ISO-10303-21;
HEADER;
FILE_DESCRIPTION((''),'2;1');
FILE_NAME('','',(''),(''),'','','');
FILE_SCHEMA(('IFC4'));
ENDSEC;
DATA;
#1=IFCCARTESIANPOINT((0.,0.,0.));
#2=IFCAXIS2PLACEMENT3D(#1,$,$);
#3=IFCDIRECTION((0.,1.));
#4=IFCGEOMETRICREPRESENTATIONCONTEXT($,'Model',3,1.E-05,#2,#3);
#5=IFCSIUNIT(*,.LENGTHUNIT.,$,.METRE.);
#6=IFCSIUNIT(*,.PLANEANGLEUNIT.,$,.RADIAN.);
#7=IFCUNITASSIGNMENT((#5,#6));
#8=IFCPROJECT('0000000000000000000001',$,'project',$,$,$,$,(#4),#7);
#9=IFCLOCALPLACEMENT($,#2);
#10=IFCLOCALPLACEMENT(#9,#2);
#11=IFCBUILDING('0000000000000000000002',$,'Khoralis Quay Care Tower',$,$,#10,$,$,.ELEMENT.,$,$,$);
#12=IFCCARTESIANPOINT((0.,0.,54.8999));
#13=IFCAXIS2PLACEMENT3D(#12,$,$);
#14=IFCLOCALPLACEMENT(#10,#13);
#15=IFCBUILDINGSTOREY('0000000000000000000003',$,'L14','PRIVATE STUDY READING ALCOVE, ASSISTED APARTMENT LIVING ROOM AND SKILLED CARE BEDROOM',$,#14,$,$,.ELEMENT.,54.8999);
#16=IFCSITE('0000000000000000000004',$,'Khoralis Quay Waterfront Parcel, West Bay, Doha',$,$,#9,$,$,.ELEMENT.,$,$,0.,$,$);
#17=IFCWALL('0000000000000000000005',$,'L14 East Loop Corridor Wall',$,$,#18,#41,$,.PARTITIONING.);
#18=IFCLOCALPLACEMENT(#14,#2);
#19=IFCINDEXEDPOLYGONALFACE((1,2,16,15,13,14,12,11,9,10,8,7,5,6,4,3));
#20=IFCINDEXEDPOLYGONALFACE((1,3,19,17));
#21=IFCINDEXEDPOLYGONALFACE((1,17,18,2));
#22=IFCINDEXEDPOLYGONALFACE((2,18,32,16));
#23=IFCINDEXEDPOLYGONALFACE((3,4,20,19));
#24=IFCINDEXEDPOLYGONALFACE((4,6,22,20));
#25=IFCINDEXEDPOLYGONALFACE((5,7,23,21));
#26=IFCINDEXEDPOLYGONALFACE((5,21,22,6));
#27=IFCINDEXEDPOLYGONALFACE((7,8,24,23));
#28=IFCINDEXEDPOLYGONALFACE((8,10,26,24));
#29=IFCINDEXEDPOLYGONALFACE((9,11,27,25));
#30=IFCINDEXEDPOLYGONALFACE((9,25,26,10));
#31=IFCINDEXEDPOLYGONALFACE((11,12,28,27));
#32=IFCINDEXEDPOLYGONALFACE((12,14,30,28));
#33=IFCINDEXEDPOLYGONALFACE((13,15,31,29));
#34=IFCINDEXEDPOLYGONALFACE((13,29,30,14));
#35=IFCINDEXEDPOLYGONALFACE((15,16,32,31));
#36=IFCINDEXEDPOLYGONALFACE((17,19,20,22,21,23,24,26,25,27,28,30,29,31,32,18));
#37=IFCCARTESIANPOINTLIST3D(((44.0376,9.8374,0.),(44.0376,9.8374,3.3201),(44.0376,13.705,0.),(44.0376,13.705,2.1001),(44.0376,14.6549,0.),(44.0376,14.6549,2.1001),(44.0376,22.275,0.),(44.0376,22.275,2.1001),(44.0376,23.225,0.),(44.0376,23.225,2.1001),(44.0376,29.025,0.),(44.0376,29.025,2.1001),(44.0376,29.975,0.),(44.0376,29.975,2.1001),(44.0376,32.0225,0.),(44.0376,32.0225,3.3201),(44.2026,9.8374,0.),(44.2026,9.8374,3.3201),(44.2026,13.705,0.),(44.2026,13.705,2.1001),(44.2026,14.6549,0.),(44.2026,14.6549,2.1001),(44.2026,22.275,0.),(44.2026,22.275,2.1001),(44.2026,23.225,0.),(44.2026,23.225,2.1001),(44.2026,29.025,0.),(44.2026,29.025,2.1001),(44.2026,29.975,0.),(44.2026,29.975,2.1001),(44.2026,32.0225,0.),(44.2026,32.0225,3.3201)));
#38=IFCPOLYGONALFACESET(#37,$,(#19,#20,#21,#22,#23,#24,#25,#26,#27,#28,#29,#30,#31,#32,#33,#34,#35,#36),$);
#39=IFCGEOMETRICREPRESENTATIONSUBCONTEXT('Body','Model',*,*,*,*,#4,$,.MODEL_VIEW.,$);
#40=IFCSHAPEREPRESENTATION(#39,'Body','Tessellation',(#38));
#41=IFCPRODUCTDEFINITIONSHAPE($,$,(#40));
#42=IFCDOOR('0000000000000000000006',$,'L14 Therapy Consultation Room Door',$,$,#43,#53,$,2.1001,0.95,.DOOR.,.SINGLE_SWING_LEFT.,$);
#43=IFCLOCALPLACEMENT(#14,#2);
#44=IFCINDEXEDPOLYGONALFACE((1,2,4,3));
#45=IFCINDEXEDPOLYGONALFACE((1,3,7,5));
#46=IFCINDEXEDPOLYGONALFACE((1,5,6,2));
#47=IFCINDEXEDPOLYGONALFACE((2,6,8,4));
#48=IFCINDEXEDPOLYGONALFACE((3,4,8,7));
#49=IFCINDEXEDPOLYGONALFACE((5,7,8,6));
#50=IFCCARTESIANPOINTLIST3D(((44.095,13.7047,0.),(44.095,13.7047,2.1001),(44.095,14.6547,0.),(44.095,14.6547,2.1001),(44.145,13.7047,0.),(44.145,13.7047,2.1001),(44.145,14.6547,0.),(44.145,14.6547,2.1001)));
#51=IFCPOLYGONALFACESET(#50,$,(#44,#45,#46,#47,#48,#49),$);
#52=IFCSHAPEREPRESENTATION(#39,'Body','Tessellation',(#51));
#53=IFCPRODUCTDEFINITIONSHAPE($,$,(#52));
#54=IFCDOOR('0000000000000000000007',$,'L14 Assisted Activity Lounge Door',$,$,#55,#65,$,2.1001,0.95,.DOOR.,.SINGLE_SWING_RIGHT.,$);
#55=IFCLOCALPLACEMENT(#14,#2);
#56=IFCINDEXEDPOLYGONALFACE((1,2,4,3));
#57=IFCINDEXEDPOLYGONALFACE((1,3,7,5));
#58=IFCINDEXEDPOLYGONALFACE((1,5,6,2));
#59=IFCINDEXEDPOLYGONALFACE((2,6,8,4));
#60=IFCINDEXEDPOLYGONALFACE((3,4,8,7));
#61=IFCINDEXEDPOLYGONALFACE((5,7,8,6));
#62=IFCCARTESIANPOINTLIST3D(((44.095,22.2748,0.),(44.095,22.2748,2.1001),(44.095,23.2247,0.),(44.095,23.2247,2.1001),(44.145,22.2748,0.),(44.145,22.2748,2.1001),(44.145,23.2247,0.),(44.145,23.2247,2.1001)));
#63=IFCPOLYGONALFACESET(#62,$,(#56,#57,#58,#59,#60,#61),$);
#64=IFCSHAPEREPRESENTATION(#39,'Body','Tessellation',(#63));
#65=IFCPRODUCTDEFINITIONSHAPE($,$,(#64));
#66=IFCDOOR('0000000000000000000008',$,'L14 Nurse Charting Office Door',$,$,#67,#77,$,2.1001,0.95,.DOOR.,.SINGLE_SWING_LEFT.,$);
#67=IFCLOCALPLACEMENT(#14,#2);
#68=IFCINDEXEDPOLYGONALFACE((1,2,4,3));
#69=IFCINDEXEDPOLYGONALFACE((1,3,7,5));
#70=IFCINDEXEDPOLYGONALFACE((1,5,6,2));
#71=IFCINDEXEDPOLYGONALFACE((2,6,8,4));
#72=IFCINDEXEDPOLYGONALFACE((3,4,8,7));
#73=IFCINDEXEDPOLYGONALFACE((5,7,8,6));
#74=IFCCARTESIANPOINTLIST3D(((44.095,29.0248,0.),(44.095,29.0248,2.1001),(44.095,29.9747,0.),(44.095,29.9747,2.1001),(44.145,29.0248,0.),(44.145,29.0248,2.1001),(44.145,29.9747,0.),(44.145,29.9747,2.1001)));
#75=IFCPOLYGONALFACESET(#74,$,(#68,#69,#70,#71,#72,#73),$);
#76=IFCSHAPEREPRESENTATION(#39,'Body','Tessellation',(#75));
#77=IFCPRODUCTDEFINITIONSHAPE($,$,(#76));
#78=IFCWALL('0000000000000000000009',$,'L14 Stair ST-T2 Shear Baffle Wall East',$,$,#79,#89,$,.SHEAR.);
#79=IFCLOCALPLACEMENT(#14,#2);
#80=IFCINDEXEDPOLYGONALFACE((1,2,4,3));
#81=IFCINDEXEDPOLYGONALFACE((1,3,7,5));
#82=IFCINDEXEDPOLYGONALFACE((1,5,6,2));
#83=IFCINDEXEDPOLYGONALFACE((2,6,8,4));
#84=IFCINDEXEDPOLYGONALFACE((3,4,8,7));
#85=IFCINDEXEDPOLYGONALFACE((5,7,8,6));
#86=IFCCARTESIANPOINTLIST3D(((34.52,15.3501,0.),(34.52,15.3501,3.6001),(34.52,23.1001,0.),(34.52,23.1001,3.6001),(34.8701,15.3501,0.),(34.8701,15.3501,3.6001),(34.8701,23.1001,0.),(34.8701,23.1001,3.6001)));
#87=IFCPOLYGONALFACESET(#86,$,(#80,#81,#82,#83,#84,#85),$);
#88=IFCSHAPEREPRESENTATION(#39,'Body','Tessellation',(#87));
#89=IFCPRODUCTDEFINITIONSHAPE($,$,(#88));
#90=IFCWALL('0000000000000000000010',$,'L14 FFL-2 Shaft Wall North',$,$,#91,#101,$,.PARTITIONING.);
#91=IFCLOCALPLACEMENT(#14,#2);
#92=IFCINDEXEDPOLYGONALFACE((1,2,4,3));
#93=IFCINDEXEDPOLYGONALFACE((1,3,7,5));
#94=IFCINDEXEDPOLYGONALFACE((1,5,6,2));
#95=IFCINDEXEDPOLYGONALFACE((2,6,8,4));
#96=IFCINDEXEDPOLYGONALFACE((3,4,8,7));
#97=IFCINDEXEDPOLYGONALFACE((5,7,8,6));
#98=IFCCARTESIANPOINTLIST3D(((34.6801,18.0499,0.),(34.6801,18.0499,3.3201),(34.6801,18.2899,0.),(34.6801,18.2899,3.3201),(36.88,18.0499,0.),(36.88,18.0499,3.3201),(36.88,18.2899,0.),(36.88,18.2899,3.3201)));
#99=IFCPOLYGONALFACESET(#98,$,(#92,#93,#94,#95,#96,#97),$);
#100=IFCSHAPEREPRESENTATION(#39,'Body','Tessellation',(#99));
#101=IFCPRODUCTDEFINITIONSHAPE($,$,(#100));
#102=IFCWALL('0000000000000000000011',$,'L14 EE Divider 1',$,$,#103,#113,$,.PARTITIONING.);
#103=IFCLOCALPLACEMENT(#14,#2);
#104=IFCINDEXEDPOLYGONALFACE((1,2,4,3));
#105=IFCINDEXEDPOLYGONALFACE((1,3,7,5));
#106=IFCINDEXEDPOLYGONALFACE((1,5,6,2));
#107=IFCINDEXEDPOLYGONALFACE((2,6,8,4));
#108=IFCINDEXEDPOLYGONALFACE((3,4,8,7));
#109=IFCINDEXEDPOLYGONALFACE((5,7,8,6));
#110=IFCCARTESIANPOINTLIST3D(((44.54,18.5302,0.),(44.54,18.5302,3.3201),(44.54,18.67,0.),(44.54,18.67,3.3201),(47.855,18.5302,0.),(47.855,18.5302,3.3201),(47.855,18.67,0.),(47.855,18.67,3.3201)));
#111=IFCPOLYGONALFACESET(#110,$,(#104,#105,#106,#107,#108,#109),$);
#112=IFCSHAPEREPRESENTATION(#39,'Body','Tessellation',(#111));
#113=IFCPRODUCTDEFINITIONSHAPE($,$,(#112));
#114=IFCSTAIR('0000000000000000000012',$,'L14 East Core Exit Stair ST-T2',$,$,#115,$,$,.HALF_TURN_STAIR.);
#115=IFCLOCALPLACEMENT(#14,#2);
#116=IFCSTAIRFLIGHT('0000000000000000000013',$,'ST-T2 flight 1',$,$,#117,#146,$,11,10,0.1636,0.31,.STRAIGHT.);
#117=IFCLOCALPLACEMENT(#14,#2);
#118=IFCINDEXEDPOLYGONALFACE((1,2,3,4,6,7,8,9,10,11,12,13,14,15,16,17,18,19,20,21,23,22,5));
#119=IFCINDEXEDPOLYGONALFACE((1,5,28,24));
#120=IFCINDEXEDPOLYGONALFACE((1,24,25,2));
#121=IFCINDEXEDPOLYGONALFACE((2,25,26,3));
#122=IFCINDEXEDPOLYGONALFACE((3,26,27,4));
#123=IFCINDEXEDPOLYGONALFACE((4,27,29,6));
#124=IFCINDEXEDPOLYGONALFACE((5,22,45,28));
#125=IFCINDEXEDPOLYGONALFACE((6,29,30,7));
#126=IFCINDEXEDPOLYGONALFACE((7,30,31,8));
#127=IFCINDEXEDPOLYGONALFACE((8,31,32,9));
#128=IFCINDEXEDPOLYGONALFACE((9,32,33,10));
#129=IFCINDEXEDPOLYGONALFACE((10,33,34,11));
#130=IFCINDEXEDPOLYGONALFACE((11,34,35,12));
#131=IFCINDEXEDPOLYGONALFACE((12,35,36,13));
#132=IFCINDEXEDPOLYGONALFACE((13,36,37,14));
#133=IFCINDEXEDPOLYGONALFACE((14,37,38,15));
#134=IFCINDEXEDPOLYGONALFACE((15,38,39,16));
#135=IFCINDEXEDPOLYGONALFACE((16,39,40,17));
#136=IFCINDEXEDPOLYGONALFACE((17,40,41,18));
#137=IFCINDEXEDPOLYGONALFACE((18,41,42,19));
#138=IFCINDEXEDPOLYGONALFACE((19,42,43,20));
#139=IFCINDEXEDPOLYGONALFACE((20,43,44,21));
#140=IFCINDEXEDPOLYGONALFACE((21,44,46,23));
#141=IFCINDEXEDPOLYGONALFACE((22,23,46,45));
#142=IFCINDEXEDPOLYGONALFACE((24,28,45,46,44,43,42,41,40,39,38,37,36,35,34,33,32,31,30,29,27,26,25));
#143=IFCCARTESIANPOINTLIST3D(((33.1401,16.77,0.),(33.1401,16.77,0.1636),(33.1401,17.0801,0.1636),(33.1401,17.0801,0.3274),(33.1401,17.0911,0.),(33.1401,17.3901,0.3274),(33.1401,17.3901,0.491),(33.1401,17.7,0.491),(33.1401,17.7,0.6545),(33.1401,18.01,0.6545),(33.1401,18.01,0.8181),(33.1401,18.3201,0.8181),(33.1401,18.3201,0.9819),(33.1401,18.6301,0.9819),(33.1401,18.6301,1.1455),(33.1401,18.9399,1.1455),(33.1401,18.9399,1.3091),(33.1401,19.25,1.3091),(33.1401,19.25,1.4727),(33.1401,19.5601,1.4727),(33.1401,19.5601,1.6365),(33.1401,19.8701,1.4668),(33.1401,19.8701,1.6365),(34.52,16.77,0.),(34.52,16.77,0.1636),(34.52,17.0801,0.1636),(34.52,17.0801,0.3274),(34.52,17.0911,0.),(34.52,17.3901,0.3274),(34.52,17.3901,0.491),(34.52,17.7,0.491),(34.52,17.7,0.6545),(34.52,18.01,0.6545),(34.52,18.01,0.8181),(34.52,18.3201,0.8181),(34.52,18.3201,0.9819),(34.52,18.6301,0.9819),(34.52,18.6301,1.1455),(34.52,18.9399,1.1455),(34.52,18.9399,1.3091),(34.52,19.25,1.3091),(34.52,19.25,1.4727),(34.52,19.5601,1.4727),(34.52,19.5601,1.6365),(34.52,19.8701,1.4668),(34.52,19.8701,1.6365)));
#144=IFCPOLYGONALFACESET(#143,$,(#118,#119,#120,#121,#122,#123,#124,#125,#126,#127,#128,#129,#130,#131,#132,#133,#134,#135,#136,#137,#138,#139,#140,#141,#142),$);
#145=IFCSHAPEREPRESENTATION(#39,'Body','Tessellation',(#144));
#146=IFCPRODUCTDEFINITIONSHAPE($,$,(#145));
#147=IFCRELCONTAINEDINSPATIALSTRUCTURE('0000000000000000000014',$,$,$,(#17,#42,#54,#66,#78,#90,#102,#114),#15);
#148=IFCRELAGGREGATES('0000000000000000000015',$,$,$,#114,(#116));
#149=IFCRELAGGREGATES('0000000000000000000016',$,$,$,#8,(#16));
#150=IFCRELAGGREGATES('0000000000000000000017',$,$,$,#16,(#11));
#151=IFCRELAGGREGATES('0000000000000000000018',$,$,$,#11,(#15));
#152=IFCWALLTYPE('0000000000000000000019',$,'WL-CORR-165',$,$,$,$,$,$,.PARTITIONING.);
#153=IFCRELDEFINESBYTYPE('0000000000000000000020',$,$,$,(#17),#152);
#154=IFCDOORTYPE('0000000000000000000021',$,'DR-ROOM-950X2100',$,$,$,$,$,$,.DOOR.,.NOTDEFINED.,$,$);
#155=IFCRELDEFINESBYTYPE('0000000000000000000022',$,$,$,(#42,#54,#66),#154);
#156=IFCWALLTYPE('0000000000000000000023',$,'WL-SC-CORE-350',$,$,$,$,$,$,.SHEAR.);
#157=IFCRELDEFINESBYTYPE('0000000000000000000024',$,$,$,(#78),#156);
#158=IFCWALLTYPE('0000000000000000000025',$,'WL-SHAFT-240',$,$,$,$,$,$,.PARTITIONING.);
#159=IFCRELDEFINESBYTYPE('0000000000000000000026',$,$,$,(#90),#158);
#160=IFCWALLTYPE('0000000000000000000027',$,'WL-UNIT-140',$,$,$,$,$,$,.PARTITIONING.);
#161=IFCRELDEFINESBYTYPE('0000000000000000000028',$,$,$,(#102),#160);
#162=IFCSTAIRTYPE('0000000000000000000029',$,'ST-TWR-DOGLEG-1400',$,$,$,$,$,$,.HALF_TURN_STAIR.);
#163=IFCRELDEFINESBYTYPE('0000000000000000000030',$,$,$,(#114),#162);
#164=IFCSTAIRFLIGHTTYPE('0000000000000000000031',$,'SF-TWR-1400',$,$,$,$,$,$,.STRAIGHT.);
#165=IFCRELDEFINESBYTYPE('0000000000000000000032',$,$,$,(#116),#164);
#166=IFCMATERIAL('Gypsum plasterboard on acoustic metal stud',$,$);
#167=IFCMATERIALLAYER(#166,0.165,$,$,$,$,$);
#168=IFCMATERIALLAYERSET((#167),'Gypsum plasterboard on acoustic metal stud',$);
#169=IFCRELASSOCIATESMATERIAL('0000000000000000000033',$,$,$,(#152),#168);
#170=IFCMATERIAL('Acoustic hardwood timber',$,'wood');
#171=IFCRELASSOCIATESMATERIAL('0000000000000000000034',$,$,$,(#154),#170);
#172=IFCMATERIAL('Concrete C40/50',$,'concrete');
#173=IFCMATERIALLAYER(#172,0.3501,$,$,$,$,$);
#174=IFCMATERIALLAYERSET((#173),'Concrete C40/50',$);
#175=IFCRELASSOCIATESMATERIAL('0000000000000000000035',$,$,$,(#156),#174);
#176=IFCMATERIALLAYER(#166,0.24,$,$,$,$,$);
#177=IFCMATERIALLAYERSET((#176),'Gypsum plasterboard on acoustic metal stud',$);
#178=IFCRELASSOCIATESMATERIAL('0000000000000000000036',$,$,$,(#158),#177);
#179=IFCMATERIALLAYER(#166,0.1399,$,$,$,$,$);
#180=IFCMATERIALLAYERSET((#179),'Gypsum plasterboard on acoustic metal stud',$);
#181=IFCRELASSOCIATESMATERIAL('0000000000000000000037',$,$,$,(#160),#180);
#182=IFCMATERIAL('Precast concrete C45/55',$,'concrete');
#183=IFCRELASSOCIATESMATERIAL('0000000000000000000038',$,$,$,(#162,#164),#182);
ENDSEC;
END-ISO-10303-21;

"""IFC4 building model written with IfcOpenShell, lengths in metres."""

from ifc_helpers import new_model, si_unit, direction, frame, frame_2d, origin, place, context, subcontext, project, spatial, polyline, rectangle, outline, extrude, source, transform, mapped, material, layer, layer_set, type_object, element, fill, aggregate, save


model = new_model("IFC4")

# Units and contexts
model_context = context("Model", 3, precision=1e-05, world=origin(), true_north=direction((0.0, 1.0)))
body_context = subcontext(model_context, "Body", "Model", "MODEL_VIEW")
ifc_project = project(units=[si_unit("LENGTHUNIT", "METRE"), si_unit("PLANEANGLEUNIT", "RADIAN")], contexts=[model_context])

# Site, building, storey
site_placement = place(None, origin())
site = spatial("IfcSite", under=ifc_project, at=site_placement, Name="Khoralis Quay Waterfront Parcel, West Bay, Doha", CompositionType="ELEMENT", RefElevation=0.0)
building_placement = place(site_placement, origin())
building = spatial("IfcBuilding", under=site, at=building_placement, Name="Khoralis Quay Care Tower", CompositionType="ELEMENT")
storey_placement = place(building_placement, frame((0.0, 0.0, 54.8999)))
storey = spatial("IfcBuildingStorey", under=building, at=storey_placement, Name="L14", Description="PRIVATE STUDY READING ALCOVE, ASSISTED APARTMENT LIVING ROOM AND SKILLED CARE BEDROOM", CompositionType="ELEMENT", Elevation=54.8999)

# Shared definitions
ifc_material_1 = material(Name="Gypsum plasterboard on acoustic metal stud")

# Wall, openings, doors
ifc_layer_1 = layer(ifc_material_1, 0.165)
ifc_layer_set_1 = layer_set([ifc_layer_1], Name="Gypsum plasterboard on acoustic metal stud")
wall_type_1 = type_object("IfcWallType", Name="WL-CORR-165", PredefinedType="PARTITIONING", material=ifc_layer_set_1)
wall_1_placement = place(storey_placement, frame((44.1201, 9.8374, 0.0), z_axis=(0.0, 0.0, 1.0), x_axis=(0.0, 1.0, 0.0)))
wall_1 = element("IfcWall", 1, at=wall_1_placement, inside=storey, type_object=wall_type_1, Name="L14 East Loop Corridor Wall", PredefinedType="PARTITIONING", context=body_context, shape_type="SweptSolid", body=[
    extrude(rectangle(XDim=22.1851, YDim=0.165, at=frame_2d((11.0925, 0.0))), origin(), (0.0, 0.0, 1.0), 3.3201),
])
opening_1_placement = place(wall_1_placement, frame((3.8674, 0.0, 0.0)))
opening_1 = element("IfcOpeningElement", 2, at=opening_1_placement, cuts=wall_1, PredefinedType="OPENING", context=body_context, shape_type="SweptSolid", body=[
    extrude(rectangle(XDim=0.95, YDim=2.1001, at=frame_2d((0.4751, 1.05))), frame((0.0, 0.0925, 0.0), z_axis=(0.0, -1.0, 0.0), x_axis=(1.0, 0.0, 0.0)), (0.0, 0.0, 1.0), 0.1851),
])
opening_2_placement = place(wall_1_placement, frame((12.4375, 0.0, 0.0)))
opening_2 = element("IfcOpeningElement", 3, at=opening_2_placement, cuts=wall_1, PredefinedType="OPENING", context=body_context, shape_type="SweptSolid", body=[
    extrude(rectangle(XDim=0.95, YDim=2.1001, at=frame_2d((0.4751, 1.05))), frame((0.0, 0.0925, 0.0), z_axis=(0.0, -1.0, 0.0), x_axis=(1.0, 0.0, 0.0)), (0.0, 0.0, 1.0), 0.1851),
])
opening_3_placement = place(wall_1_placement, frame((19.1875, 0.0, 0.0)))
opening_3 = element("IfcOpeningElement", 4, at=opening_3_placement, cuts=wall_1, PredefinedType="OPENING", context=body_context, shape_type="SweptSolid", body=[
    extrude(rectangle(XDim=0.95, YDim=2.1001, at=frame_2d((0.4751, 1.05))), frame((0.0, 0.0925, 0.0), z_axis=(0.0, -1.0, 0.0), x_axis=(1.0, 0.0, 0.0)), (0.0, 0.0, 1.0), 0.1851),
])
ifc_material_2 = material(Name="Acoustic hardwood timber", Category="wood")
door_type_1 = type_object("IfcDoorType", Name="DR-ROOM-950X2100", OperationType="NOTDEFINED", PredefinedType="DOOR", material=ifc_material_2)
shared_shape_1 = source(origin(), body_context, "Body", "SweptSolid", [
    extrude(rectangle(XDim=0.95, YDim=2.1001, at=frame_2d((0.4751, 1.05))), frame((0.0, 0.0249, 0.0), z_axis=(0.0, -1.0, 0.0), x_axis=(1.0, 0.0, 0.0)), (0.0, 0.0, 1.0), 0.05),
])
door_1_placement = place(opening_1_placement, frame((0.95, 0.0, 0.0), z_axis=(0.0, 0.0, 1.0), x_axis=(-1.0, 0.0, 0.0)))
door_1 = element("IfcDoor", 5, at=door_1_placement, inside=storey, type_object=door_type_1, Name="L14 Therapy Consultation Room Door", OperationType="SINGLE_SWING_LEFT", OverallHeight=2.1001, OverallWidth=0.95, PredefinedType="DOOR", context=body_context, shape_type="MappedRepresentation", body=[
    mapped(shared_shape_1, transform((0.0, 0.0, 0.0), scale=1.0)),
])
fill(opening_1, door_1)
door_2_placement = place(opening_2_placement, frame((0.95, 0.0, 0.0), z_axis=(0.0, 0.0, 1.0), x_axis=(-1.0, 0.0, 0.0)))
door_2 = element("IfcDoor", 6, at=door_2_placement, inside=storey, type_object=door_type_1, Name="L14 Assisted Activity Lounge Door", OperationType="SINGLE_SWING_RIGHT", OverallHeight=2.1001, OverallWidth=0.95, PredefinedType="DOOR", context=body_context, shape_type="MappedRepresentation", body=[
    mapped(shared_shape_1, transform((0.0, 0.0, 0.0), scale=1.0)),
])
fill(opening_2, door_2)
door_3_placement = place(opening_3_placement, frame((0.95, 0.0, 0.0), z_axis=(0.0, 0.0, 1.0), x_axis=(-1.0, 0.0, 0.0)))
door_3 = element("IfcDoor", 7, at=door_3_placement, inside=storey, type_object=door_type_1, Name="L14 Nurse Charting Office Door", OperationType="SINGLE_SWING_LEFT", OverallHeight=2.1001, OverallWidth=0.95, PredefinedType="DOOR", context=body_context, shape_type="MappedRepresentation", body=[
    mapped(shared_shape_1, transform((0.0, 0.0, 0.0), scale=1.0)),
])
fill(opening_3, door_3)

# Walls
ifc_material_3 = material(Name="Concrete C40/50", Category="concrete")
ifc_layer_2 = layer(ifc_material_3, 0.3501)
ifc_layer_set_2 = layer_set([ifc_layer_2], Name="Concrete C40/50")
wall_type_2 = type_object("IfcWallType", Name="WL-SC-CORE-350", PredefinedType="SHEAR", material=ifc_layer_set_2)
wall_2_placement = place(storey_placement, frame((34.6951, 15.3501, 0.0), z_axis=(0.0, 0.0, 1.0), x_axis=(0.0, 1.0, 0.0)))
element("IfcWall", 8, at=wall_2_placement, inside=storey, type_object=wall_type_2, Name="L14 Stair ST-T2 Shear Baffle Wall East", PredefinedType="SHEAR", context=body_context, shape_type="SweptSolid", body=[
    extrude(rectangle(XDim=7.75, YDim=0.3501, at=frame_2d((3.875, 0.0))), origin(), (0.0, 0.0, 1.0), 3.6001),
])
ifc_layer_3 = layer(ifc_material_1, 0.24)
ifc_layer_set_3 = layer_set([ifc_layer_3], Name="Gypsum plasterboard on acoustic metal stud")
wall_type_3 = type_object("IfcWallType", Name="WL-SHAFT-240", PredefinedType="PARTITIONING", material=ifc_layer_set_3)
wall_3_placement = place(storey_placement, frame((34.6799, 18.1699, 0.0), z_axis=(0.0, 0.0, 1.0), x_axis=(1.0, 0.0, 0.0)))
element("IfcWall", 9, at=wall_3_placement, inside=storey, type_object=wall_type_3, Name="L14 FFL-2 Shaft Wall North", PredefinedType="PARTITIONING", context=body_context, shape_type="SweptSolid", body=[
    extrude(rectangle(XDim=2.2, YDim=0.24, at=frame_2d((1.1001, 0.0))), origin(), (0.0, 0.0, 1.0), 3.3201),
])
ifc_layer_4 = layer(ifc_material_1, 0.1399)
ifc_layer_set_4 = layer_set([ifc_layer_4], Name="Gypsum plasterboard on acoustic metal stud")
wall_type_4 = type_object("IfcWallType", Name="WL-UNIT-140", PredefinedType="PARTITIONING", material=ifc_layer_set_4)
wall_4_placement = place(storey_placement, frame((44.54, 18.6001, 0.0), z_axis=(0.0, 0.0, 1.0), x_axis=(1.0, 0.0, 0.0)))
element("IfcWall", 10, at=wall_4_placement, inside=storey, type_object=wall_type_4, Name="L14 EE Divider 1", PredefinedType="PARTITIONING", context=body_context, shape_type="SweptSolid", body=[
    extrude(rectangle(XDim=3.3149, YDim=0.1399, at=frame_2d((1.6575, 0.0))), origin(), (0.0, 0.0, 1.0), 3.3201),
])

# Stair, stair flight
ifc_material_4 = material(Name="Precast concrete C45/55", Category="concrete")
stair_type = type_object("IfcStairType", Name="ST-TWR-DOGLEG-1400", PredefinedType="HALF_TURN_STAIR", material=ifc_material_4)
stair_placement = place(storey_placement, origin())
stair = element("IfcStair", 11, at=stair_placement, inside=storey, type_object=stair_type, Name="L14 East Core Exit Stair ST-T2", PredefinedType="HALF_TURN_STAIR")
stair_flight_type = type_object("IfcStairFlightType", Name="SF-TWR-1400", PredefinedType="STRAIGHT", material=ifc_material_4)
shared_shape_2 = source(origin(), body_context, "Body", "SweptSolid", [
    extrude(outline(polyline([(0.0, 0.0), (0.0, 0.1636), (0.3101, 0.1636), (0.3101, 0.3274), (0.6201, 0.3274), (0.6201, 0.491), (0.9299, 0.491), (0.9299, 0.6545), (1.24, 0.6545), (1.24, 0.8181), (1.55, 0.8181), (1.55, 0.9819), (1.8601, 0.9819), (1.8601, 1.1455), (2.1699, 1.1455), (2.1699, 1.3091), (2.48, 1.3091), (2.48, 1.4727), (2.79, 1.4727), (2.79, 1.6365), (3.1001, 1.6365), (3.1001, 1.8), (3.1001, 1.4668), (0.321, 0.0), (0.0, 0.0)])), frame((0.0, 0.6899, 0.0), z_axis=(0.0, -1.0, 0.0), x_axis=(1.0, 0.0, 0.0)), (0.0, 0.0, 1.0), 1.3799),
])
stair_flight_placement = place(storey_placement, frame((33.8301, 16.77, 0.0), z_axis=(0.0, 0.0, 1.0), x_axis=(0.0, 1.0, 0.0)))
stair_flight = element("IfcStairFlight", 12, at=stair_flight_placement, type_object=stair_flight_type, Name="ST-T2 flight 1", NumberOfRisers=11, NumberOfTreads=10, PredefinedType="STRAIGHT", RiserHeight=0.1636, TreadLength=0.31, context=body_context, shape_type="MappedRepresentation", body=[
    mapped(shared_shape_2, transform((0.0, 0.0, 0.0), scale=1.0)),
])
aggregate(stair, [stair_flight])

save(model, "model.ifc")
